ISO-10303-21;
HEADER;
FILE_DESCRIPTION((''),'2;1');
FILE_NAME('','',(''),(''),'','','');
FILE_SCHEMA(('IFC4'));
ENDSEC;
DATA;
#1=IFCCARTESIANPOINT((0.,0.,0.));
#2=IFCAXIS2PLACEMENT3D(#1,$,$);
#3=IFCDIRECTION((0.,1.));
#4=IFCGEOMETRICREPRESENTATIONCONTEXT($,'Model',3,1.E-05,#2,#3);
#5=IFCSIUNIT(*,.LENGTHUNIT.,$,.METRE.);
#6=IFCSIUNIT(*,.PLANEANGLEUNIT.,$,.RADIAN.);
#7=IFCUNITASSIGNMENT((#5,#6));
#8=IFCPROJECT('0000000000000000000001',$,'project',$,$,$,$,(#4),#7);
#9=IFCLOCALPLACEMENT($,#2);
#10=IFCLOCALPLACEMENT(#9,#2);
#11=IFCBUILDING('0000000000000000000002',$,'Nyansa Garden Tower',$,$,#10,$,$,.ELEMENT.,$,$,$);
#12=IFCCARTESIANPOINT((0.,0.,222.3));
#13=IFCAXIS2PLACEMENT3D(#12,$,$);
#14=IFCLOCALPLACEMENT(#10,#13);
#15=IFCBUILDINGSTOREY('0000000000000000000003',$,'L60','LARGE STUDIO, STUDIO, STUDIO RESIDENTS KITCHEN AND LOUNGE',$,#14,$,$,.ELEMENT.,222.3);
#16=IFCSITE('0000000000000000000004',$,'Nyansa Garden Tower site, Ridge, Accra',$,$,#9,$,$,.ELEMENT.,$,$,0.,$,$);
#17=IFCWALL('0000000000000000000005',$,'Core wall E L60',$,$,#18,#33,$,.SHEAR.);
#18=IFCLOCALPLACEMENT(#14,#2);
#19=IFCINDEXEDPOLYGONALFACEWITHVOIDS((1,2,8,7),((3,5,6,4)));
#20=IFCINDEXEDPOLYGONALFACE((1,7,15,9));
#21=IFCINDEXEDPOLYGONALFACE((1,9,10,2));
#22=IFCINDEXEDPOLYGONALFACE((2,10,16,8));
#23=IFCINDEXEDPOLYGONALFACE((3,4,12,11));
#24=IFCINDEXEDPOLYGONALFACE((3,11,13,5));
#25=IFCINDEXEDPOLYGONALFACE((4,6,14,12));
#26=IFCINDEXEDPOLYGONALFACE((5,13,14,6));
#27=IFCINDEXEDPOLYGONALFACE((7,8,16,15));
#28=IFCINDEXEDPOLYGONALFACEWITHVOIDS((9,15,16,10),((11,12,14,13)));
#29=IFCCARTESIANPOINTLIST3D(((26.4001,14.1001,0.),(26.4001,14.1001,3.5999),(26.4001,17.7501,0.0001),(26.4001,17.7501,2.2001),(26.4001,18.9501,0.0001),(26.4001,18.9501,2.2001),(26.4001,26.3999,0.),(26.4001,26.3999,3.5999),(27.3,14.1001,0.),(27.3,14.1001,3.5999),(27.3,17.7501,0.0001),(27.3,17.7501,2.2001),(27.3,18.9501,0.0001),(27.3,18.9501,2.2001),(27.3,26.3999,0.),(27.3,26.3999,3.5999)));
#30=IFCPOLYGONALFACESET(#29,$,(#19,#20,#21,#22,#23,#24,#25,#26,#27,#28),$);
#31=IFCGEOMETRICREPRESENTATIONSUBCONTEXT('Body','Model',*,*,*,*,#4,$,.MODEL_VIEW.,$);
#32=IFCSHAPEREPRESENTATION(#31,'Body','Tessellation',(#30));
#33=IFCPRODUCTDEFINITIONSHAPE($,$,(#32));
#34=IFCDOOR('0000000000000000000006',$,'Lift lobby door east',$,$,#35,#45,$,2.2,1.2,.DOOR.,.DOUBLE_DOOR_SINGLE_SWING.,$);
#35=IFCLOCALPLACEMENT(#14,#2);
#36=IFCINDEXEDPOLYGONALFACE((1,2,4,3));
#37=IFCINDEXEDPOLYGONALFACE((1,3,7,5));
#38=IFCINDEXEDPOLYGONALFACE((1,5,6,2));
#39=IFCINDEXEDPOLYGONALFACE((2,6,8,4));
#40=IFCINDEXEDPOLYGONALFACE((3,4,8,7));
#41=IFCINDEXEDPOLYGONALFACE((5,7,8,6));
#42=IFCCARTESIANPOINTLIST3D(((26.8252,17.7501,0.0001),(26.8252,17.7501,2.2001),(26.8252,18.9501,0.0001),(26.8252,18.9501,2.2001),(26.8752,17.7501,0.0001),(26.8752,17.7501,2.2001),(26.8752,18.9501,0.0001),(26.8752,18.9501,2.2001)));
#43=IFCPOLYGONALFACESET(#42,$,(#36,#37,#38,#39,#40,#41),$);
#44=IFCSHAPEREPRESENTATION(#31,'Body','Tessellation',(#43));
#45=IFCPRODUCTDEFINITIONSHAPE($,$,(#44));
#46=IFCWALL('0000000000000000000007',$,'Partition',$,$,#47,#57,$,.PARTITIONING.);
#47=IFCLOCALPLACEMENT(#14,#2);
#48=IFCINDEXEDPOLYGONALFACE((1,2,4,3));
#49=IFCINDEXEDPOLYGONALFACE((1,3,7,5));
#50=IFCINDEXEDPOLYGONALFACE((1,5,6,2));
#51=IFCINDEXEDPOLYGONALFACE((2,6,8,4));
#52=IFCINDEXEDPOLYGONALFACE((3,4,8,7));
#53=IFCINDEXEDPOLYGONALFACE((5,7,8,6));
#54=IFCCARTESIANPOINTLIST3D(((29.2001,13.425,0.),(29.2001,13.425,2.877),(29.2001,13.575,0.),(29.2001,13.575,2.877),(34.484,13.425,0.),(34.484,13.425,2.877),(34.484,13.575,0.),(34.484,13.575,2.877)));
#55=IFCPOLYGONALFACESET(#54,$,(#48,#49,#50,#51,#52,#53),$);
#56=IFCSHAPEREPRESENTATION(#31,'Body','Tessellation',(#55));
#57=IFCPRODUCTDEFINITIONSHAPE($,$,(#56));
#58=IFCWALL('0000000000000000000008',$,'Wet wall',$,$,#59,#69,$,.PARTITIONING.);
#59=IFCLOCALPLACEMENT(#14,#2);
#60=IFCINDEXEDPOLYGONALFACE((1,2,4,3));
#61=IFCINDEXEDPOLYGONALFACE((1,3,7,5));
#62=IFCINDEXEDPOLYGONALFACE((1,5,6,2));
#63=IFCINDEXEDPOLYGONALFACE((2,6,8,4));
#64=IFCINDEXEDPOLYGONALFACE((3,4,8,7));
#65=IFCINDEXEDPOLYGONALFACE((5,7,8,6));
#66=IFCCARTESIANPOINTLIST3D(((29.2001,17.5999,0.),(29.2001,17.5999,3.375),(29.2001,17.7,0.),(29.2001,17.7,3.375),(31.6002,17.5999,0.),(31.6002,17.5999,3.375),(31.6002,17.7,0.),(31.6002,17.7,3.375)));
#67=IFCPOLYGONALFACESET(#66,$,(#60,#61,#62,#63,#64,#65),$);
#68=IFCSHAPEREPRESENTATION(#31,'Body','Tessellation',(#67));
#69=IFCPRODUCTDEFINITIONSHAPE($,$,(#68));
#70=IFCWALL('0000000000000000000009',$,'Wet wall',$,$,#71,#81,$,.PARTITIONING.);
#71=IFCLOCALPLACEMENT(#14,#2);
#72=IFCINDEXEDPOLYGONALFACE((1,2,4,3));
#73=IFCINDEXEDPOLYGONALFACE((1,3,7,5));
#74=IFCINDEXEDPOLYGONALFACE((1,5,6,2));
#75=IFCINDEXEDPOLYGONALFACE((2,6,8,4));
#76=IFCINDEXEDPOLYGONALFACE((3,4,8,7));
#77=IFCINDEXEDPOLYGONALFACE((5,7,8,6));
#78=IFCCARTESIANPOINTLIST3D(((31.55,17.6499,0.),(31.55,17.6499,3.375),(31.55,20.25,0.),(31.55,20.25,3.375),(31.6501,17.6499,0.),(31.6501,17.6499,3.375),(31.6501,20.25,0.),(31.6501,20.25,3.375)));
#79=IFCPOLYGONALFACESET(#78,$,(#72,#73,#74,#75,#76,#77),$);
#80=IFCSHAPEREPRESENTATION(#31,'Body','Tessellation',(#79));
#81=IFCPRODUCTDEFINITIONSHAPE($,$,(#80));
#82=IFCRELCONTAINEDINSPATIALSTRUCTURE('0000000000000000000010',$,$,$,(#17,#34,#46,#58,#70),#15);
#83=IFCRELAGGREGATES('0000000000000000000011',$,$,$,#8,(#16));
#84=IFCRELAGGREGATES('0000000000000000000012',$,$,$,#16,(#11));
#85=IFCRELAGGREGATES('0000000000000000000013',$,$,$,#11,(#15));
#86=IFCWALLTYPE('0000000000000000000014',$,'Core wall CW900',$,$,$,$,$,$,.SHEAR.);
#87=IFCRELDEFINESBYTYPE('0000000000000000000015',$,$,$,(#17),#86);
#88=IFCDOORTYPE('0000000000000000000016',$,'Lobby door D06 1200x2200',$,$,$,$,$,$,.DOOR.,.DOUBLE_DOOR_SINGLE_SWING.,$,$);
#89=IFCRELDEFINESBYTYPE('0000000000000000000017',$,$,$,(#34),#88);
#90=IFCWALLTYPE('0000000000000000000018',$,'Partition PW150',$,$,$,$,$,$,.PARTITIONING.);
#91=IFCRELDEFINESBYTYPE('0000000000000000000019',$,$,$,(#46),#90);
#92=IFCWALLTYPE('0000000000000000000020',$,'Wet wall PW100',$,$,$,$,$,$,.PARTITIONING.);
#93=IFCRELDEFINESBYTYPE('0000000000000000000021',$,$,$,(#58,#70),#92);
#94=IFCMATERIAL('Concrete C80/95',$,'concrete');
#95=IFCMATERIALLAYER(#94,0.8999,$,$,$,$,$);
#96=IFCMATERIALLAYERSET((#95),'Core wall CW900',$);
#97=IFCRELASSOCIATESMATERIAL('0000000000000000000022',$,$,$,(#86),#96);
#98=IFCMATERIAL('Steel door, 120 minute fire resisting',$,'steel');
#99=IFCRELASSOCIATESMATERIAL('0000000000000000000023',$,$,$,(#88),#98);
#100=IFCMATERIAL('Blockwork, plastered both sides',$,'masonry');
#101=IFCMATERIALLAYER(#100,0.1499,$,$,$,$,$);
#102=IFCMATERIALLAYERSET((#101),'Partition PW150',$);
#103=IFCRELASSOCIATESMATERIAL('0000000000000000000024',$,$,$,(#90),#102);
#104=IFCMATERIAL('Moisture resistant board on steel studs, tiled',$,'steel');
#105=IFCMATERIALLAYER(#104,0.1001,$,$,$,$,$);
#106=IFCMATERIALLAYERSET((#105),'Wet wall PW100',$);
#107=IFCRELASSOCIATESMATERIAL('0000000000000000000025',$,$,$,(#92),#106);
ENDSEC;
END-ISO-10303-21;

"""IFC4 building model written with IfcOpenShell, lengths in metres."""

from ifc_helpers import new_model, si_unit, direction, frame, frame_2d, origin, place, context, subcontext, project, spatial, rectangle, extrude, material, layer, layer_set, type_object, element, fill, save


model = new_model("IFC4")

# Units and contexts
model_context = context("Model", 3, precision=1e-05, world=origin(), true_north=direction((0.0, 1.0)))
body_context = subcontext(model_context, "Body", "Model", "MODEL_VIEW")
ifc_project = project(units=[si_unit("LENGTHUNIT", "METRE"), si_unit("PLANEANGLEUNIT", "RADIAN")], contexts=[model_context])

# Site, building, storey
site_placement = place(None, origin())
site = spatial("IfcSite", under=ifc_project, at=site_placement, Name="Nyansa Garden Tower site, Ridge, Accra", CompositionType="ELEMENT", RefElevation=0.0)
building_placement = place(site_placement, origin())
building = spatial("IfcBuilding", under=site, at=building_placement, Name="Nyansa Garden Tower", CompositionType="ELEMENT")
storey_placement = place(building_placement, frame((0.0, 0.0, 222.3)))
storey = spatial("IfcBuildingStorey", under=building, at=storey_placement, Name="L60", Description="LARGE STUDIO, STUDIO, STUDIO RESIDENTS KITCHEN AND LOUNGE", CompositionType="ELEMENT", Elevation=222.3)

# Wall, opening, door
ifc_material_1 = material(Name="Concrete C80/95", Category="concrete")
ifc_layer_1 = layer(ifc_material_1, 0.8999)
ifc_layer_set_1 = layer_set([ifc_layer_1], Name="Core wall CW900")
wall_type_1 = type_object("IfcWallType", Name="Core wall CW900", PredefinedType="SHEAR", material=ifc_layer_set_1)
wall_1_placement = place(storey_placement, frame((26.8501, 14.1001, 0.0), z_axis=(0.0, 0.0, 1.0), x_axis=(0.0, 1.0, 0.0)))
wall_1 = element("IfcWall", 1, at=wall_1_placement, inside=storey, type_object=wall_type_1, Name="Core wall E L60", PredefinedType="SHEAR", context=body_context, shape_type="SweptSolid", body=[
    extrude(rectangle(XDim=12.2998, YDim=0.8999, at=frame_2d((6.1499, 0.0))), origin(), (0.0, 0.0, 1.0), 3.5999),
])
opening_placement = place(wall_1_placement, frame((3.6499, 0.0, 0.0)))
opening = element("IfcOpeningElement", 2, at=opening_placement, cuts=wall_1, PredefinedType="OPENING", context=body_context, shape_type="SweptSolid", body=[
    extrude(rectangle(XDim=1.2, YDim=2.2, at=frame_2d((0.6001, 1.1001))), frame((0.0, 0.46, 0.0), z_axis=(0.0, -1.0, 0.0), x_axis=(1.0, 0.0, 0.0)), (0.0, 0.0, 1.0), 0.9199),
])
ifc_material_2 = material(Name="Steel door, 120 minute fire resisting", Category="steel")
door_type = type_object("IfcDoorType", Name="Lobby door D06 1200x2200", OperationType="DOUBLE_DOOR_SINGLE_SWING", PredefinedType="DOOR", material=ifc_material_2)
door_placement = place(opening_placement, origin())
door = element("IfcDoor", 3, at=door_placement, inside=storey, type_object=door_type, Name="Lift lobby door east", OperationType="DOUBLE_DOOR_SINGLE_SWING", OverallHeight=2.2, OverallWidth=1.2, PredefinedType="DOOR", context=body_context, shape_type="SweptSolid", body=[
    extrude(rectangle(XDim=1.2, YDim=2.2, at=frame_2d((0.6001, 1.1001))), frame((0.0, 0.0249, 0.0), z_axis=(0.0, -1.0, 0.0), x_axis=(1.0, 0.0, 0.0)), (0.0, 0.0, 1.0), 0.05),
])
fill(opening, door)

# Walls
ifc_material_3 = material(Name="Blockwork, plastered both sides", Category="masonry")
ifc_layer_2 = layer(ifc_material_3, 0.1499)
ifc_layer_set_2 = layer_set([ifc_layer_2], Name="Partition PW150")
wall_type_2 = type_object("IfcWallType", Name="Partition PW150", PredefinedType="PARTITIONING", material=ifc_layer_set_2)
wall_2_placement = place(storey_placement, frame((29.2, 13.5, 0.0), z_axis=(0.0, 0.0, 1.0), x_axis=(1.0, 0.0, 0.0)))
element("IfcWall", 4, at=wall_2_placement, inside=storey, type_object=wall_type_2, Name="Partition", PredefinedType="PARTITIONING", context=body_context, shape_type="SweptSolid", body=[
    extrude(rectangle(XDim=5.2839, YDim=0.1499, at=frame_2d((2.6421, 0.0))), origin(), (0.0, 0.0, 1.0), 2.877),
])
ifc_material_4 = material(Name="Moisture resistant board on steel studs, tiled", Category="steel")
ifc_layer_3 = layer(ifc_material_4, 0.1001)
ifc_layer_set_3 = layer_set([ifc_layer_3], Name="Wet wall PW100")
wall_type_3 = type_object("IfcWallType", Name="Wet wall PW100", PredefinedType="PARTITIONING", material=ifc_layer_set_3)
wall_3_placement = place(storey_placement, frame((29.2, 17.6499, 0.0), z_axis=(0.0, 0.0, 1.0), x_axis=(1.0, 0.0, 0.0)))
element("IfcWall", 5, at=wall_3_placement, inside=storey, type_object=wall_type_3, Name="Wet wall", PredefinedType="PARTITIONING", context=body_context, shape_type="SweptSolid", body=[
    extrude(rectangle(XDim=2.4001, YDim=0.1001, at=frame_2d((1.2002, 0.0))), origin(), (0.0, 0.0, 1.0), 3.375),
])
wall_4_placement = place(storey_placement, frame((31.6001, 17.6499, 0.0), z_axis=(0.0, 0.0, 1.0), x_axis=(0.0, 1.0, 0.0)))
element("IfcWall", 6, at=wall_4_placement, inside=storey, type_object=wall_type_3, Name="Wet wall", PredefinedType="PARTITIONING", context=body_context, shape_type="SweptSolid", body=[
    extrude(rectangle(XDim=2.6001, YDim=0.1001, at=frame_2d((1.3, 0.0))), origin(), (0.0, 0.0, 1.0), 3.375),
])

save(model, "model.ifc")
